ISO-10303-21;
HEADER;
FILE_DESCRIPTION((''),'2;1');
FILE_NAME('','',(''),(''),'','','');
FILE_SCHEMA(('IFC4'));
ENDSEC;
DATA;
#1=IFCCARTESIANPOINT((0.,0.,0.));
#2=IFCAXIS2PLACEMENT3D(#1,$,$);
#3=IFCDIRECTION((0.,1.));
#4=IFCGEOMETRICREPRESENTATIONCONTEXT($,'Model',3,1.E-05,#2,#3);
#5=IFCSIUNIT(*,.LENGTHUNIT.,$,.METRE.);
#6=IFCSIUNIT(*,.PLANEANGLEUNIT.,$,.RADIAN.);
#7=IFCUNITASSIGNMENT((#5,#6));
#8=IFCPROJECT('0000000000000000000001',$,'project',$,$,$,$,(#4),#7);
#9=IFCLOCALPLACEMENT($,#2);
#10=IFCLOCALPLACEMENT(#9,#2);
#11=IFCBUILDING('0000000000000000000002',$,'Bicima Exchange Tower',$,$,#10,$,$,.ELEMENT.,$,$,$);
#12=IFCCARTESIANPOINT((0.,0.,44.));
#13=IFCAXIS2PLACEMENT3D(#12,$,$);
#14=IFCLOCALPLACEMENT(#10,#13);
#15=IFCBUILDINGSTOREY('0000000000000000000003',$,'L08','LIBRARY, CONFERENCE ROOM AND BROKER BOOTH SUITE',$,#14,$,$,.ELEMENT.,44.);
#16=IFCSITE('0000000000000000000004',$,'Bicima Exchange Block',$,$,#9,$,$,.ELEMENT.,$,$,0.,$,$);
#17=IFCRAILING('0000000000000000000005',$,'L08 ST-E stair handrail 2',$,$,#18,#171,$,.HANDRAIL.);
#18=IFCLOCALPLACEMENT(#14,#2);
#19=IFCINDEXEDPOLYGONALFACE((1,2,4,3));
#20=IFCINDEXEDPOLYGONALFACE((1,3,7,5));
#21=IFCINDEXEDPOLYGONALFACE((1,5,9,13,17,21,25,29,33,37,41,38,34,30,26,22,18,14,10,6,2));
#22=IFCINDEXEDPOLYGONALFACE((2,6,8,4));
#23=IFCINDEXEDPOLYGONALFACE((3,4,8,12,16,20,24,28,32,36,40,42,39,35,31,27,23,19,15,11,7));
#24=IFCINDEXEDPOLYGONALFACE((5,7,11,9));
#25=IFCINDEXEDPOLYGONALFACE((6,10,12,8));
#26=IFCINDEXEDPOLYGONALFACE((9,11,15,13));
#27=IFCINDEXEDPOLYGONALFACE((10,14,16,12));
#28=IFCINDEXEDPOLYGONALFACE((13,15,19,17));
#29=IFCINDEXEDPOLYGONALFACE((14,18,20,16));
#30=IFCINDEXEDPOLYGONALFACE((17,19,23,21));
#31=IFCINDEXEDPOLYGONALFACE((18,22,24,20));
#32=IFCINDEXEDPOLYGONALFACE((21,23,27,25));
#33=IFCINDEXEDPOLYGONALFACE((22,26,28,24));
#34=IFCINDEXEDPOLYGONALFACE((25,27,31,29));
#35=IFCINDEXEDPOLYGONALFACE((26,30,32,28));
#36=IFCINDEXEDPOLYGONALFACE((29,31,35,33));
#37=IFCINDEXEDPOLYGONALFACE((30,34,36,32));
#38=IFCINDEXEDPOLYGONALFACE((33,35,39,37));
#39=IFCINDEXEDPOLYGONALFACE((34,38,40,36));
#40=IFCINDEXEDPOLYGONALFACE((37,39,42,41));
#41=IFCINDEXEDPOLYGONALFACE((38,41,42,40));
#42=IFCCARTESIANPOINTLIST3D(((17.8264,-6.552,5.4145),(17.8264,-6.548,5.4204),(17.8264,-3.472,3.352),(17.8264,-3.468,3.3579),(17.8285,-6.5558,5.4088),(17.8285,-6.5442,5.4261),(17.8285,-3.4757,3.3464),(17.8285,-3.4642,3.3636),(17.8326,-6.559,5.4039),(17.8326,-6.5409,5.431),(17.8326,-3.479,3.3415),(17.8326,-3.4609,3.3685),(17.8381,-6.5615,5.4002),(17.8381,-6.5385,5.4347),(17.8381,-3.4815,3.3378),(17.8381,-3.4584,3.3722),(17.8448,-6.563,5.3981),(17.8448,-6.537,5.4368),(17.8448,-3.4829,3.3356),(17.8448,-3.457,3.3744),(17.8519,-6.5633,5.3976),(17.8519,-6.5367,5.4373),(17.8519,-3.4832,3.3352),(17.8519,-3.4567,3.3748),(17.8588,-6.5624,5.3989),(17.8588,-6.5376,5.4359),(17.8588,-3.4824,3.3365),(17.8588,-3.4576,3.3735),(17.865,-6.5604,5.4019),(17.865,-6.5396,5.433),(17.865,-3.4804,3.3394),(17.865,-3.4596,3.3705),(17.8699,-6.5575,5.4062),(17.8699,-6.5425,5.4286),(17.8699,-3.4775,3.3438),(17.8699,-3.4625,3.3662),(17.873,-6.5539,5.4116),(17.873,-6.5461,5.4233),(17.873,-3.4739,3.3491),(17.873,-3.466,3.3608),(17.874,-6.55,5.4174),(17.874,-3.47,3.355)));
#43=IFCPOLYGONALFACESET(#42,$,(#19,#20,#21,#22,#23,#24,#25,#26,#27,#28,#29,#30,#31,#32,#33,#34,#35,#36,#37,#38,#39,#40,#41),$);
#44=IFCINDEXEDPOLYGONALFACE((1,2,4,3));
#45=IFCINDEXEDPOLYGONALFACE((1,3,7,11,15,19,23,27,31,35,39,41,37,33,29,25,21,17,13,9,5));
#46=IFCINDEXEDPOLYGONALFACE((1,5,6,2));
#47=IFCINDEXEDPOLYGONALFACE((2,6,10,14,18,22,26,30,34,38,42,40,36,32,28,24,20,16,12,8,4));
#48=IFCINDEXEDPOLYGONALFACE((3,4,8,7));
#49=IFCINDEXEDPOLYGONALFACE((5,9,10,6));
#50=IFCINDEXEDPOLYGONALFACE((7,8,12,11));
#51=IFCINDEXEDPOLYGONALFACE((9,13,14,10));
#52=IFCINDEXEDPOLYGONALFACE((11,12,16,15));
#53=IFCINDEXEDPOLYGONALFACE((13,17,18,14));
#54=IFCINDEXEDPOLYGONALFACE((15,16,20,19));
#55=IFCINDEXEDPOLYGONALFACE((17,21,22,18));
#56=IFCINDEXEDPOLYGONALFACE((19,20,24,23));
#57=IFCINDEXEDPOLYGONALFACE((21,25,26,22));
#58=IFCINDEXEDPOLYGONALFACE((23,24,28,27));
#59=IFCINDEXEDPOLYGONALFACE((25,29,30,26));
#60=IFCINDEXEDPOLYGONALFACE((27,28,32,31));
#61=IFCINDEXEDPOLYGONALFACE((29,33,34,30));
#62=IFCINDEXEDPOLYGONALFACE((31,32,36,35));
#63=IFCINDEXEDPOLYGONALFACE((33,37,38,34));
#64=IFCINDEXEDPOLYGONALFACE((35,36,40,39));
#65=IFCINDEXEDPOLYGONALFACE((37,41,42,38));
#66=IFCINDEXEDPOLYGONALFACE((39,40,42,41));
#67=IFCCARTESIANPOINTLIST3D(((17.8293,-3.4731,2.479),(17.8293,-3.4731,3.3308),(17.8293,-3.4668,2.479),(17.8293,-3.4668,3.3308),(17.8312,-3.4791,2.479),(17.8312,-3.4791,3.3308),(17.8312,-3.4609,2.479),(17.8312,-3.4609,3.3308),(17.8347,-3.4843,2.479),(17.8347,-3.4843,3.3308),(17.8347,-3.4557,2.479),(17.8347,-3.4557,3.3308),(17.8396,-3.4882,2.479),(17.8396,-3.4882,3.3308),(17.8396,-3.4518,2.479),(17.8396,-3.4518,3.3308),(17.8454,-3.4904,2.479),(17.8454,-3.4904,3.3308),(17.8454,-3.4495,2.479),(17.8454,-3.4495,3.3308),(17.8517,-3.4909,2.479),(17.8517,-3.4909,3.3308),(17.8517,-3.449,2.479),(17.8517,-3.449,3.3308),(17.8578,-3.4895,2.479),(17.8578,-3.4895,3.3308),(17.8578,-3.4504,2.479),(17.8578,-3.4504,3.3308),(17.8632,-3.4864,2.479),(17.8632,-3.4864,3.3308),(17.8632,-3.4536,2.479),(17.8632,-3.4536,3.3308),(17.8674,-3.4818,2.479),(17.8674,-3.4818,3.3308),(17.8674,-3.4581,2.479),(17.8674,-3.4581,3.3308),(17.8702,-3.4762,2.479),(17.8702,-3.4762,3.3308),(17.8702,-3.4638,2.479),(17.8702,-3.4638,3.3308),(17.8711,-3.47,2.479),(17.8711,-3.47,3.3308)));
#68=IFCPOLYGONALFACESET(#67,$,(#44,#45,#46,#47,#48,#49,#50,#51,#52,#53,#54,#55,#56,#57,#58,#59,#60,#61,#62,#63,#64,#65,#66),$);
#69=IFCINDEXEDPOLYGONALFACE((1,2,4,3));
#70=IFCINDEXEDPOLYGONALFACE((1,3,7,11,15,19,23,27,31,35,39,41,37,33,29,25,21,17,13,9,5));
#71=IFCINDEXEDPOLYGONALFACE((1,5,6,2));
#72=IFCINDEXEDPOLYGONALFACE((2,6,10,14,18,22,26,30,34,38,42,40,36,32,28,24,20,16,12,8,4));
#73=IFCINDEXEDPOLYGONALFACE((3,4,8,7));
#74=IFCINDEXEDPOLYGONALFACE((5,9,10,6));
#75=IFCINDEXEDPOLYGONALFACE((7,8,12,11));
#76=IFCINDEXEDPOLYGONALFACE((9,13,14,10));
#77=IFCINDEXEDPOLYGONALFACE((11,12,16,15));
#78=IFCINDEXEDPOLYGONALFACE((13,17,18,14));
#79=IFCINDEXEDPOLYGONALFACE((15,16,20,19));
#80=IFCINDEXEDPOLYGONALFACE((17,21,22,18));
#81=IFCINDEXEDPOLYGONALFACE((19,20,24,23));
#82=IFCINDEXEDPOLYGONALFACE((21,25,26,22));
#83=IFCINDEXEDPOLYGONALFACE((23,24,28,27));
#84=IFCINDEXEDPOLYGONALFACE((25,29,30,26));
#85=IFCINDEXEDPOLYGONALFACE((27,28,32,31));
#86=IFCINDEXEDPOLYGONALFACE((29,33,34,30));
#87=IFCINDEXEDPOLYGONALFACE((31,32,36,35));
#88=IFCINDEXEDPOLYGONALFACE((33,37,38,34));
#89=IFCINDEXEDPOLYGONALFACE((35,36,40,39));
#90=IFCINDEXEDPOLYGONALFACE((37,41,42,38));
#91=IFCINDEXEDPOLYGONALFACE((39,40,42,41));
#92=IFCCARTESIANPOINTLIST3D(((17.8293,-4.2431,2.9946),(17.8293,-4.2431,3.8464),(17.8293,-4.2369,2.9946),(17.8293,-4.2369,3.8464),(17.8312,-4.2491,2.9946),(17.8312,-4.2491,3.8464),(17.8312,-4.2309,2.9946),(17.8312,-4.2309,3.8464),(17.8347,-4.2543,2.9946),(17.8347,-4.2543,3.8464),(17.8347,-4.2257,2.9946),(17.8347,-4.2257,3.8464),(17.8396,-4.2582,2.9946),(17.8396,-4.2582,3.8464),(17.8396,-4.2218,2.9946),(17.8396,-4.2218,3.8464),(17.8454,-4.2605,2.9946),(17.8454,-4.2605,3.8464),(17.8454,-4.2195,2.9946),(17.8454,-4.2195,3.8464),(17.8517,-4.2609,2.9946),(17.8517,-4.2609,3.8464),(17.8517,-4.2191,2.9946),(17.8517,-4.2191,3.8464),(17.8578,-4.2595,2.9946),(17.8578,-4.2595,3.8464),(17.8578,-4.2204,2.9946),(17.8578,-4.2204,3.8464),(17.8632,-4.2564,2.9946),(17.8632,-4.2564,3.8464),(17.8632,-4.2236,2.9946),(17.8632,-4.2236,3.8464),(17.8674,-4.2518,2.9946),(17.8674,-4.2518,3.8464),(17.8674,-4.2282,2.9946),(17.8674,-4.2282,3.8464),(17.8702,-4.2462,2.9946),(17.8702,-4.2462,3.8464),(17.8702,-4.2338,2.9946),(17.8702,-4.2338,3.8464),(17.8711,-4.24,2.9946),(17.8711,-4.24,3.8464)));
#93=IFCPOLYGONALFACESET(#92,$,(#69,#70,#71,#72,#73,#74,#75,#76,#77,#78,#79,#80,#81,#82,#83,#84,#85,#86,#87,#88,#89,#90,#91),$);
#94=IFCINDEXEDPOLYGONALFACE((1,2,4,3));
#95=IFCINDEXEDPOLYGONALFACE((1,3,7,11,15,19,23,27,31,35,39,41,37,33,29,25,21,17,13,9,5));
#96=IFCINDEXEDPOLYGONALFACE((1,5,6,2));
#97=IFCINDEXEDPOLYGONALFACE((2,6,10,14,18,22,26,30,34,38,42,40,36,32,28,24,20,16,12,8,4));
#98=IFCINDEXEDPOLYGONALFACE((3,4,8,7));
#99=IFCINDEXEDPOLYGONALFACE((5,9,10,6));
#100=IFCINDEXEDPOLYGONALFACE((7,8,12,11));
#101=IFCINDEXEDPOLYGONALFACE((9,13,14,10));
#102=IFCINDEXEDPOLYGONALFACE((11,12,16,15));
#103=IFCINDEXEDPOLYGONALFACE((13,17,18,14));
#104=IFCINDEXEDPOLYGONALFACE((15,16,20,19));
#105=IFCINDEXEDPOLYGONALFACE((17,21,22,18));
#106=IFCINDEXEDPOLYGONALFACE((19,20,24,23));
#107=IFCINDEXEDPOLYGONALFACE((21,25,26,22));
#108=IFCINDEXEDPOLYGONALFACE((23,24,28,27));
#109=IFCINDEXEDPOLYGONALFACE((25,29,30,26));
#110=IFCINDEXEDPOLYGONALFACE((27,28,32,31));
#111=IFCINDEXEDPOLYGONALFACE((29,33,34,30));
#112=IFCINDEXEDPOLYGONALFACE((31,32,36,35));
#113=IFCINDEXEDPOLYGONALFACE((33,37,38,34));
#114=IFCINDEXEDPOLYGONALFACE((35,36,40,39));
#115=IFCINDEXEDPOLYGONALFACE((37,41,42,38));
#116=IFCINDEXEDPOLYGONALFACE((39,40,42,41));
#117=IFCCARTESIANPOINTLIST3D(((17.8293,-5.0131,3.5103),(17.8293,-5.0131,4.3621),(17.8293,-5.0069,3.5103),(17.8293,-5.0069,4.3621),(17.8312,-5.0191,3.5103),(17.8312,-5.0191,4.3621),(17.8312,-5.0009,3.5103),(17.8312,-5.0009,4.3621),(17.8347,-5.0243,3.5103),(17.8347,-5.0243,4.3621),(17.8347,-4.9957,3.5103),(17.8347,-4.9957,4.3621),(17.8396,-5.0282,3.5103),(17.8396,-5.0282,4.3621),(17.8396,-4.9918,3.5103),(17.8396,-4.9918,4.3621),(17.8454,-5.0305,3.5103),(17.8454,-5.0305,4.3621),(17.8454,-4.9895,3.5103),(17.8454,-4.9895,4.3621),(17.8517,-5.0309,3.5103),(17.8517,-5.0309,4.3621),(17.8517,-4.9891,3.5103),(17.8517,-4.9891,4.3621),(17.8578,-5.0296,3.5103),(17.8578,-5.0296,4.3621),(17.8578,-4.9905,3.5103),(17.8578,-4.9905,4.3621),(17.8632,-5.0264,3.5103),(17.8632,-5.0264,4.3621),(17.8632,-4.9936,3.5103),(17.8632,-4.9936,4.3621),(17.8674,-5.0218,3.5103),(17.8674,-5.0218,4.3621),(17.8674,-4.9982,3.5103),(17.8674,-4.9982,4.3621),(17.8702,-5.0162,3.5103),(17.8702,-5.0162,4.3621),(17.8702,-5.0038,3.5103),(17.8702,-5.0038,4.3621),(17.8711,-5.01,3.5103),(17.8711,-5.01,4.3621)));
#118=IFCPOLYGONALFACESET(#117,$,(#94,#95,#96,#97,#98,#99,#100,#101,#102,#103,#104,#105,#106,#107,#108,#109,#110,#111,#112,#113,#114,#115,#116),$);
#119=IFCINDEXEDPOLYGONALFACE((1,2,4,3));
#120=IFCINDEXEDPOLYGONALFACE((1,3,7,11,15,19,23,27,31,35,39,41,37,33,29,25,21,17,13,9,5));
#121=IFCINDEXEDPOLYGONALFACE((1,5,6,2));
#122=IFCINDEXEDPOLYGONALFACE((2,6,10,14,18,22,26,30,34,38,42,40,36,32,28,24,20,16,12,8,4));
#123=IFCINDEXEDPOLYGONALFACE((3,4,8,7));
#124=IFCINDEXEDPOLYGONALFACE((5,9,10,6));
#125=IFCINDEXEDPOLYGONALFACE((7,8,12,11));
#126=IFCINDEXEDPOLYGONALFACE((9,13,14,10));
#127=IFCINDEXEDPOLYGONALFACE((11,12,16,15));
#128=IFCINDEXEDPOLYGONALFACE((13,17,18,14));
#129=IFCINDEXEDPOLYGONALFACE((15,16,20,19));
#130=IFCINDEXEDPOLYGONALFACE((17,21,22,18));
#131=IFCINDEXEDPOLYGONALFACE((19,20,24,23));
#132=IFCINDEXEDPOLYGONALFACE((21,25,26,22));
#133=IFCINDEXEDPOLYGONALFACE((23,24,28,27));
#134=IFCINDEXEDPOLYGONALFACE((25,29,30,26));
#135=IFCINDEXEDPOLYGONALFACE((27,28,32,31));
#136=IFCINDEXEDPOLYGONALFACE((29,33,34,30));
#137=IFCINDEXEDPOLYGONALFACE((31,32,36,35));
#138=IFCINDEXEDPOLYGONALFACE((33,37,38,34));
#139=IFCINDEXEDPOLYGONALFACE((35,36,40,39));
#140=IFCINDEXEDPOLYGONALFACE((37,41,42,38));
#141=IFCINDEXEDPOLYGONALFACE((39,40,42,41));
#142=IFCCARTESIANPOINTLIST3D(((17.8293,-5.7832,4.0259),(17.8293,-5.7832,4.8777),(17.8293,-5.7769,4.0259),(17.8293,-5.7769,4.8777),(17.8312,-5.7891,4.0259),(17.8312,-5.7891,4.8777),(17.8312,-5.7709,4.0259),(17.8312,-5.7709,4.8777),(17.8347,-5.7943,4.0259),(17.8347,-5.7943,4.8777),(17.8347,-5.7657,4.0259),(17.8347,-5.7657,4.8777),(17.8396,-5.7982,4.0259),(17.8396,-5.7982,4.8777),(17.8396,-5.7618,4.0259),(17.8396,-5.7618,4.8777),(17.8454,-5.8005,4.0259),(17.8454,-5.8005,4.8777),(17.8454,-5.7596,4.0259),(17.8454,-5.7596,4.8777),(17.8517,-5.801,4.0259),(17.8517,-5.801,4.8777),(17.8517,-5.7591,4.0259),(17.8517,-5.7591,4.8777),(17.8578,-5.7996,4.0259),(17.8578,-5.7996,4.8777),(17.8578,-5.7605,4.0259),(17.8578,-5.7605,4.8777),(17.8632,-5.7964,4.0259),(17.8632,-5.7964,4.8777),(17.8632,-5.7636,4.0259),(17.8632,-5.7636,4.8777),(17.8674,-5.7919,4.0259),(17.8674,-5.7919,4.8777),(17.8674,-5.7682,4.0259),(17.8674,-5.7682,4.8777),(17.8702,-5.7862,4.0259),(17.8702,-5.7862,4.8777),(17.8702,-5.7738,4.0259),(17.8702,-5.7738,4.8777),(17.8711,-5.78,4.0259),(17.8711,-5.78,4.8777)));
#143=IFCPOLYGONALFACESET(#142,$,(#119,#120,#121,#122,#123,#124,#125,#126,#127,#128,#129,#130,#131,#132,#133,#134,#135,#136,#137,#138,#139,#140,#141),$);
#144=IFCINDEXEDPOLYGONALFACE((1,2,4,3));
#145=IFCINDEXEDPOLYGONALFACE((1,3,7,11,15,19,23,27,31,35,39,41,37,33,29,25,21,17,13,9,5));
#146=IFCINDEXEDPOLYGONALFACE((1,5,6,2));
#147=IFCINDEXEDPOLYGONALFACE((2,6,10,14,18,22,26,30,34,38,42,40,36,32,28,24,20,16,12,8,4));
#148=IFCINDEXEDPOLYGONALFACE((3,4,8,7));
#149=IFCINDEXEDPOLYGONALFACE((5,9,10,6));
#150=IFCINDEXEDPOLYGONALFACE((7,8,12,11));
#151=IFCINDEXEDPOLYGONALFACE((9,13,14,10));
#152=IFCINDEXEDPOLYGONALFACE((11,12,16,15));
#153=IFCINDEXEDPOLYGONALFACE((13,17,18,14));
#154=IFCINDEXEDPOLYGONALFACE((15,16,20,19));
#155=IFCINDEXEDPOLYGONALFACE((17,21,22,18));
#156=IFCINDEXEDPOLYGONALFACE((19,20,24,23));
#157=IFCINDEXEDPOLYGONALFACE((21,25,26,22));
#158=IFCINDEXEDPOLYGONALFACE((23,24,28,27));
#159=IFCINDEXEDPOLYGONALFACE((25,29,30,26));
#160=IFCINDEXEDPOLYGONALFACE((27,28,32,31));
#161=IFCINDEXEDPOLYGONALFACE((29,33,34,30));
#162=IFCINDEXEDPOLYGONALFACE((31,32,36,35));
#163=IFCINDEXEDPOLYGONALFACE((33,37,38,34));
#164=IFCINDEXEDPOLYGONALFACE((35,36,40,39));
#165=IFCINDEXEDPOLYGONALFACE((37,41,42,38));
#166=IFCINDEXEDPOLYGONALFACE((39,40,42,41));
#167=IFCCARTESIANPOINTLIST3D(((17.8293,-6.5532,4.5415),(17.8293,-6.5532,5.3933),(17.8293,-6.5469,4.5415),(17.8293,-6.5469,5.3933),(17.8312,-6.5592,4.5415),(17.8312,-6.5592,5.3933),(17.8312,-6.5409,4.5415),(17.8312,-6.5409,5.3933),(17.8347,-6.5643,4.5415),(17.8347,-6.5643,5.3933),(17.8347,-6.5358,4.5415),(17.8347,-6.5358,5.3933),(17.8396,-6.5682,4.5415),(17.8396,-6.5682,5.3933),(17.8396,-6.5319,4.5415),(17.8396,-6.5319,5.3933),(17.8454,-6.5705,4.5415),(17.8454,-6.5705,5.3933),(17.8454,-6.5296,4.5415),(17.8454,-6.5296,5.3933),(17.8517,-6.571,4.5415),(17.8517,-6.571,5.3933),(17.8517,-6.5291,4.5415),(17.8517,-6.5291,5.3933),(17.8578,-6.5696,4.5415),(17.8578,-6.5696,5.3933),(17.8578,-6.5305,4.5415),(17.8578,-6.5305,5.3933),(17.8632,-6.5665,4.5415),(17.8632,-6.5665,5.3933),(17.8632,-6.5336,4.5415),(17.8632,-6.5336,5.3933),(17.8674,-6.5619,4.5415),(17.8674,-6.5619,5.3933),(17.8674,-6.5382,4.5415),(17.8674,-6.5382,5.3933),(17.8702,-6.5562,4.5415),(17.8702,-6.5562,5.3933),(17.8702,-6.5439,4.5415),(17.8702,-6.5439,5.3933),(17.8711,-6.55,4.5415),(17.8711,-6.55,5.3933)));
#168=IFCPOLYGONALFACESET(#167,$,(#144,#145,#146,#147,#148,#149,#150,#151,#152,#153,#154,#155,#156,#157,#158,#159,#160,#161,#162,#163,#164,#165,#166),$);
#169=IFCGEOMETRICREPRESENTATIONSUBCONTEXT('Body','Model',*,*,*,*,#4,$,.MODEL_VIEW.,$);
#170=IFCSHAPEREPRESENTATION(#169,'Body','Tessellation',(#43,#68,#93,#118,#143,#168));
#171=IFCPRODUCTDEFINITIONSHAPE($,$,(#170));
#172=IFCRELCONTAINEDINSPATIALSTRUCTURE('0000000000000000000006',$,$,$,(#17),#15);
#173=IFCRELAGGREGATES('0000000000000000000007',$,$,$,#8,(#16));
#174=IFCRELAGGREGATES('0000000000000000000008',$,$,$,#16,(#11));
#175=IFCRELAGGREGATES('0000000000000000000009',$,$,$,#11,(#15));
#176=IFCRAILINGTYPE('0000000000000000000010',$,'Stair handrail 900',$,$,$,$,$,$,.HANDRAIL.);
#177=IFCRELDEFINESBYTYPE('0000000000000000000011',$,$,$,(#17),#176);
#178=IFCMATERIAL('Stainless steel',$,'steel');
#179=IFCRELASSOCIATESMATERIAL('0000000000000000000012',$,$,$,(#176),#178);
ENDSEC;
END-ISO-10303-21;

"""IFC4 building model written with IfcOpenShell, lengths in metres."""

from ifc_helpers import new_model, si_unit, direction, frame, origin, origin_2d, place, context, subcontext, project, spatial, circle, extrude, material, type_object, element, save


model = new_model("IFC4")

# Units and contexts
model_context = context("Model", 3, precision=1e-05, world=origin(), true_north=direction((0.0, 1.0)))
body_context = subcontext(model_context, "Body", "Model", "MODEL_VIEW")
ifc_project = project(units=[si_unit("LENGTHUNIT", "METRE"), si_unit("PLANEANGLEUNIT", "RADIAN")], contexts=[model_context])

# Site, building, storey
site_placement = place(None, origin())
site = spatial("IfcSite", under=ifc_project, at=site_placement, Name="Bicima Exchange Block", CompositionType="ELEMENT", RefElevation=0.0)
building_placement = place(site_placement, origin())
building = spatial("IfcBuilding", under=site, at=building_placement, Name="Bicima Exchange Tower", CompositionType="ELEMENT")
storey_placement = place(building_placement, frame((0.0, 0.0, 44.0)))
storey = spatial("IfcBuildingStorey", under=building, at=storey_placement, Name="L08", Description="LIBRARY, CONFERENCE ROOM AND BROKER BOOTH SUITE", CompositionType="ELEMENT", Elevation=44.0)

# Railing
ifc_material_1 = material(Name="Stainless steel", Category="steel")
railing_type = type_object("IfcRailingType", Name="Stair handrail 900", PredefinedType="HANDRAIL", material=ifc_material_1)
railing_placement = place(storey_placement, frame((17.8501, -3.47, 2.479)))
element("IfcRailing", 1, at=railing_placement, inside=storey, type_object=railing_type, Name="L08 ST-E stair handrail 2", PredefinedType="HANDRAIL", context=body_context, shape_type="SweptSolid", body=[
    extrude(circle(Radius=0.0239, at=origin_2d()), frame((0.0, 0.0, 0.876), z_axis=(0.0, -0.830914, 0.556401), x_axis=(1.0, 0.0, 0.0)), (0.0, 0.0, 1.0), 3.7068),
    extrude(circle(Radius=0.021, at=origin_2d()), origin(), (0.0, 0.0, 1.0), 0.8518),
    extrude(circle(Radius=0.021, at=origin_2d()), frame((0.0, -0.77, 0.5156)), (0.0, 0.0, 1.0), 0.8518),
    extrude(circle(Radius=0.021, at=origin_2d()), frame((0.0, -1.54, 1.0312)), (0.0, 0.0, 1.0), 0.8518),
    extrude(circle(Radius=0.021, at=origin_2d()), frame((0.0, -2.3101, 1.5469)), (0.0, 0.0, 1.0), 0.8518),
    extrude(circle(Radius=0.021, at=origin_2d()), frame((0.0, -3.0801, 2.0625)), (0.0, 0.0, 1.0), 0.8518),
])

save(model, "model.ifc")
